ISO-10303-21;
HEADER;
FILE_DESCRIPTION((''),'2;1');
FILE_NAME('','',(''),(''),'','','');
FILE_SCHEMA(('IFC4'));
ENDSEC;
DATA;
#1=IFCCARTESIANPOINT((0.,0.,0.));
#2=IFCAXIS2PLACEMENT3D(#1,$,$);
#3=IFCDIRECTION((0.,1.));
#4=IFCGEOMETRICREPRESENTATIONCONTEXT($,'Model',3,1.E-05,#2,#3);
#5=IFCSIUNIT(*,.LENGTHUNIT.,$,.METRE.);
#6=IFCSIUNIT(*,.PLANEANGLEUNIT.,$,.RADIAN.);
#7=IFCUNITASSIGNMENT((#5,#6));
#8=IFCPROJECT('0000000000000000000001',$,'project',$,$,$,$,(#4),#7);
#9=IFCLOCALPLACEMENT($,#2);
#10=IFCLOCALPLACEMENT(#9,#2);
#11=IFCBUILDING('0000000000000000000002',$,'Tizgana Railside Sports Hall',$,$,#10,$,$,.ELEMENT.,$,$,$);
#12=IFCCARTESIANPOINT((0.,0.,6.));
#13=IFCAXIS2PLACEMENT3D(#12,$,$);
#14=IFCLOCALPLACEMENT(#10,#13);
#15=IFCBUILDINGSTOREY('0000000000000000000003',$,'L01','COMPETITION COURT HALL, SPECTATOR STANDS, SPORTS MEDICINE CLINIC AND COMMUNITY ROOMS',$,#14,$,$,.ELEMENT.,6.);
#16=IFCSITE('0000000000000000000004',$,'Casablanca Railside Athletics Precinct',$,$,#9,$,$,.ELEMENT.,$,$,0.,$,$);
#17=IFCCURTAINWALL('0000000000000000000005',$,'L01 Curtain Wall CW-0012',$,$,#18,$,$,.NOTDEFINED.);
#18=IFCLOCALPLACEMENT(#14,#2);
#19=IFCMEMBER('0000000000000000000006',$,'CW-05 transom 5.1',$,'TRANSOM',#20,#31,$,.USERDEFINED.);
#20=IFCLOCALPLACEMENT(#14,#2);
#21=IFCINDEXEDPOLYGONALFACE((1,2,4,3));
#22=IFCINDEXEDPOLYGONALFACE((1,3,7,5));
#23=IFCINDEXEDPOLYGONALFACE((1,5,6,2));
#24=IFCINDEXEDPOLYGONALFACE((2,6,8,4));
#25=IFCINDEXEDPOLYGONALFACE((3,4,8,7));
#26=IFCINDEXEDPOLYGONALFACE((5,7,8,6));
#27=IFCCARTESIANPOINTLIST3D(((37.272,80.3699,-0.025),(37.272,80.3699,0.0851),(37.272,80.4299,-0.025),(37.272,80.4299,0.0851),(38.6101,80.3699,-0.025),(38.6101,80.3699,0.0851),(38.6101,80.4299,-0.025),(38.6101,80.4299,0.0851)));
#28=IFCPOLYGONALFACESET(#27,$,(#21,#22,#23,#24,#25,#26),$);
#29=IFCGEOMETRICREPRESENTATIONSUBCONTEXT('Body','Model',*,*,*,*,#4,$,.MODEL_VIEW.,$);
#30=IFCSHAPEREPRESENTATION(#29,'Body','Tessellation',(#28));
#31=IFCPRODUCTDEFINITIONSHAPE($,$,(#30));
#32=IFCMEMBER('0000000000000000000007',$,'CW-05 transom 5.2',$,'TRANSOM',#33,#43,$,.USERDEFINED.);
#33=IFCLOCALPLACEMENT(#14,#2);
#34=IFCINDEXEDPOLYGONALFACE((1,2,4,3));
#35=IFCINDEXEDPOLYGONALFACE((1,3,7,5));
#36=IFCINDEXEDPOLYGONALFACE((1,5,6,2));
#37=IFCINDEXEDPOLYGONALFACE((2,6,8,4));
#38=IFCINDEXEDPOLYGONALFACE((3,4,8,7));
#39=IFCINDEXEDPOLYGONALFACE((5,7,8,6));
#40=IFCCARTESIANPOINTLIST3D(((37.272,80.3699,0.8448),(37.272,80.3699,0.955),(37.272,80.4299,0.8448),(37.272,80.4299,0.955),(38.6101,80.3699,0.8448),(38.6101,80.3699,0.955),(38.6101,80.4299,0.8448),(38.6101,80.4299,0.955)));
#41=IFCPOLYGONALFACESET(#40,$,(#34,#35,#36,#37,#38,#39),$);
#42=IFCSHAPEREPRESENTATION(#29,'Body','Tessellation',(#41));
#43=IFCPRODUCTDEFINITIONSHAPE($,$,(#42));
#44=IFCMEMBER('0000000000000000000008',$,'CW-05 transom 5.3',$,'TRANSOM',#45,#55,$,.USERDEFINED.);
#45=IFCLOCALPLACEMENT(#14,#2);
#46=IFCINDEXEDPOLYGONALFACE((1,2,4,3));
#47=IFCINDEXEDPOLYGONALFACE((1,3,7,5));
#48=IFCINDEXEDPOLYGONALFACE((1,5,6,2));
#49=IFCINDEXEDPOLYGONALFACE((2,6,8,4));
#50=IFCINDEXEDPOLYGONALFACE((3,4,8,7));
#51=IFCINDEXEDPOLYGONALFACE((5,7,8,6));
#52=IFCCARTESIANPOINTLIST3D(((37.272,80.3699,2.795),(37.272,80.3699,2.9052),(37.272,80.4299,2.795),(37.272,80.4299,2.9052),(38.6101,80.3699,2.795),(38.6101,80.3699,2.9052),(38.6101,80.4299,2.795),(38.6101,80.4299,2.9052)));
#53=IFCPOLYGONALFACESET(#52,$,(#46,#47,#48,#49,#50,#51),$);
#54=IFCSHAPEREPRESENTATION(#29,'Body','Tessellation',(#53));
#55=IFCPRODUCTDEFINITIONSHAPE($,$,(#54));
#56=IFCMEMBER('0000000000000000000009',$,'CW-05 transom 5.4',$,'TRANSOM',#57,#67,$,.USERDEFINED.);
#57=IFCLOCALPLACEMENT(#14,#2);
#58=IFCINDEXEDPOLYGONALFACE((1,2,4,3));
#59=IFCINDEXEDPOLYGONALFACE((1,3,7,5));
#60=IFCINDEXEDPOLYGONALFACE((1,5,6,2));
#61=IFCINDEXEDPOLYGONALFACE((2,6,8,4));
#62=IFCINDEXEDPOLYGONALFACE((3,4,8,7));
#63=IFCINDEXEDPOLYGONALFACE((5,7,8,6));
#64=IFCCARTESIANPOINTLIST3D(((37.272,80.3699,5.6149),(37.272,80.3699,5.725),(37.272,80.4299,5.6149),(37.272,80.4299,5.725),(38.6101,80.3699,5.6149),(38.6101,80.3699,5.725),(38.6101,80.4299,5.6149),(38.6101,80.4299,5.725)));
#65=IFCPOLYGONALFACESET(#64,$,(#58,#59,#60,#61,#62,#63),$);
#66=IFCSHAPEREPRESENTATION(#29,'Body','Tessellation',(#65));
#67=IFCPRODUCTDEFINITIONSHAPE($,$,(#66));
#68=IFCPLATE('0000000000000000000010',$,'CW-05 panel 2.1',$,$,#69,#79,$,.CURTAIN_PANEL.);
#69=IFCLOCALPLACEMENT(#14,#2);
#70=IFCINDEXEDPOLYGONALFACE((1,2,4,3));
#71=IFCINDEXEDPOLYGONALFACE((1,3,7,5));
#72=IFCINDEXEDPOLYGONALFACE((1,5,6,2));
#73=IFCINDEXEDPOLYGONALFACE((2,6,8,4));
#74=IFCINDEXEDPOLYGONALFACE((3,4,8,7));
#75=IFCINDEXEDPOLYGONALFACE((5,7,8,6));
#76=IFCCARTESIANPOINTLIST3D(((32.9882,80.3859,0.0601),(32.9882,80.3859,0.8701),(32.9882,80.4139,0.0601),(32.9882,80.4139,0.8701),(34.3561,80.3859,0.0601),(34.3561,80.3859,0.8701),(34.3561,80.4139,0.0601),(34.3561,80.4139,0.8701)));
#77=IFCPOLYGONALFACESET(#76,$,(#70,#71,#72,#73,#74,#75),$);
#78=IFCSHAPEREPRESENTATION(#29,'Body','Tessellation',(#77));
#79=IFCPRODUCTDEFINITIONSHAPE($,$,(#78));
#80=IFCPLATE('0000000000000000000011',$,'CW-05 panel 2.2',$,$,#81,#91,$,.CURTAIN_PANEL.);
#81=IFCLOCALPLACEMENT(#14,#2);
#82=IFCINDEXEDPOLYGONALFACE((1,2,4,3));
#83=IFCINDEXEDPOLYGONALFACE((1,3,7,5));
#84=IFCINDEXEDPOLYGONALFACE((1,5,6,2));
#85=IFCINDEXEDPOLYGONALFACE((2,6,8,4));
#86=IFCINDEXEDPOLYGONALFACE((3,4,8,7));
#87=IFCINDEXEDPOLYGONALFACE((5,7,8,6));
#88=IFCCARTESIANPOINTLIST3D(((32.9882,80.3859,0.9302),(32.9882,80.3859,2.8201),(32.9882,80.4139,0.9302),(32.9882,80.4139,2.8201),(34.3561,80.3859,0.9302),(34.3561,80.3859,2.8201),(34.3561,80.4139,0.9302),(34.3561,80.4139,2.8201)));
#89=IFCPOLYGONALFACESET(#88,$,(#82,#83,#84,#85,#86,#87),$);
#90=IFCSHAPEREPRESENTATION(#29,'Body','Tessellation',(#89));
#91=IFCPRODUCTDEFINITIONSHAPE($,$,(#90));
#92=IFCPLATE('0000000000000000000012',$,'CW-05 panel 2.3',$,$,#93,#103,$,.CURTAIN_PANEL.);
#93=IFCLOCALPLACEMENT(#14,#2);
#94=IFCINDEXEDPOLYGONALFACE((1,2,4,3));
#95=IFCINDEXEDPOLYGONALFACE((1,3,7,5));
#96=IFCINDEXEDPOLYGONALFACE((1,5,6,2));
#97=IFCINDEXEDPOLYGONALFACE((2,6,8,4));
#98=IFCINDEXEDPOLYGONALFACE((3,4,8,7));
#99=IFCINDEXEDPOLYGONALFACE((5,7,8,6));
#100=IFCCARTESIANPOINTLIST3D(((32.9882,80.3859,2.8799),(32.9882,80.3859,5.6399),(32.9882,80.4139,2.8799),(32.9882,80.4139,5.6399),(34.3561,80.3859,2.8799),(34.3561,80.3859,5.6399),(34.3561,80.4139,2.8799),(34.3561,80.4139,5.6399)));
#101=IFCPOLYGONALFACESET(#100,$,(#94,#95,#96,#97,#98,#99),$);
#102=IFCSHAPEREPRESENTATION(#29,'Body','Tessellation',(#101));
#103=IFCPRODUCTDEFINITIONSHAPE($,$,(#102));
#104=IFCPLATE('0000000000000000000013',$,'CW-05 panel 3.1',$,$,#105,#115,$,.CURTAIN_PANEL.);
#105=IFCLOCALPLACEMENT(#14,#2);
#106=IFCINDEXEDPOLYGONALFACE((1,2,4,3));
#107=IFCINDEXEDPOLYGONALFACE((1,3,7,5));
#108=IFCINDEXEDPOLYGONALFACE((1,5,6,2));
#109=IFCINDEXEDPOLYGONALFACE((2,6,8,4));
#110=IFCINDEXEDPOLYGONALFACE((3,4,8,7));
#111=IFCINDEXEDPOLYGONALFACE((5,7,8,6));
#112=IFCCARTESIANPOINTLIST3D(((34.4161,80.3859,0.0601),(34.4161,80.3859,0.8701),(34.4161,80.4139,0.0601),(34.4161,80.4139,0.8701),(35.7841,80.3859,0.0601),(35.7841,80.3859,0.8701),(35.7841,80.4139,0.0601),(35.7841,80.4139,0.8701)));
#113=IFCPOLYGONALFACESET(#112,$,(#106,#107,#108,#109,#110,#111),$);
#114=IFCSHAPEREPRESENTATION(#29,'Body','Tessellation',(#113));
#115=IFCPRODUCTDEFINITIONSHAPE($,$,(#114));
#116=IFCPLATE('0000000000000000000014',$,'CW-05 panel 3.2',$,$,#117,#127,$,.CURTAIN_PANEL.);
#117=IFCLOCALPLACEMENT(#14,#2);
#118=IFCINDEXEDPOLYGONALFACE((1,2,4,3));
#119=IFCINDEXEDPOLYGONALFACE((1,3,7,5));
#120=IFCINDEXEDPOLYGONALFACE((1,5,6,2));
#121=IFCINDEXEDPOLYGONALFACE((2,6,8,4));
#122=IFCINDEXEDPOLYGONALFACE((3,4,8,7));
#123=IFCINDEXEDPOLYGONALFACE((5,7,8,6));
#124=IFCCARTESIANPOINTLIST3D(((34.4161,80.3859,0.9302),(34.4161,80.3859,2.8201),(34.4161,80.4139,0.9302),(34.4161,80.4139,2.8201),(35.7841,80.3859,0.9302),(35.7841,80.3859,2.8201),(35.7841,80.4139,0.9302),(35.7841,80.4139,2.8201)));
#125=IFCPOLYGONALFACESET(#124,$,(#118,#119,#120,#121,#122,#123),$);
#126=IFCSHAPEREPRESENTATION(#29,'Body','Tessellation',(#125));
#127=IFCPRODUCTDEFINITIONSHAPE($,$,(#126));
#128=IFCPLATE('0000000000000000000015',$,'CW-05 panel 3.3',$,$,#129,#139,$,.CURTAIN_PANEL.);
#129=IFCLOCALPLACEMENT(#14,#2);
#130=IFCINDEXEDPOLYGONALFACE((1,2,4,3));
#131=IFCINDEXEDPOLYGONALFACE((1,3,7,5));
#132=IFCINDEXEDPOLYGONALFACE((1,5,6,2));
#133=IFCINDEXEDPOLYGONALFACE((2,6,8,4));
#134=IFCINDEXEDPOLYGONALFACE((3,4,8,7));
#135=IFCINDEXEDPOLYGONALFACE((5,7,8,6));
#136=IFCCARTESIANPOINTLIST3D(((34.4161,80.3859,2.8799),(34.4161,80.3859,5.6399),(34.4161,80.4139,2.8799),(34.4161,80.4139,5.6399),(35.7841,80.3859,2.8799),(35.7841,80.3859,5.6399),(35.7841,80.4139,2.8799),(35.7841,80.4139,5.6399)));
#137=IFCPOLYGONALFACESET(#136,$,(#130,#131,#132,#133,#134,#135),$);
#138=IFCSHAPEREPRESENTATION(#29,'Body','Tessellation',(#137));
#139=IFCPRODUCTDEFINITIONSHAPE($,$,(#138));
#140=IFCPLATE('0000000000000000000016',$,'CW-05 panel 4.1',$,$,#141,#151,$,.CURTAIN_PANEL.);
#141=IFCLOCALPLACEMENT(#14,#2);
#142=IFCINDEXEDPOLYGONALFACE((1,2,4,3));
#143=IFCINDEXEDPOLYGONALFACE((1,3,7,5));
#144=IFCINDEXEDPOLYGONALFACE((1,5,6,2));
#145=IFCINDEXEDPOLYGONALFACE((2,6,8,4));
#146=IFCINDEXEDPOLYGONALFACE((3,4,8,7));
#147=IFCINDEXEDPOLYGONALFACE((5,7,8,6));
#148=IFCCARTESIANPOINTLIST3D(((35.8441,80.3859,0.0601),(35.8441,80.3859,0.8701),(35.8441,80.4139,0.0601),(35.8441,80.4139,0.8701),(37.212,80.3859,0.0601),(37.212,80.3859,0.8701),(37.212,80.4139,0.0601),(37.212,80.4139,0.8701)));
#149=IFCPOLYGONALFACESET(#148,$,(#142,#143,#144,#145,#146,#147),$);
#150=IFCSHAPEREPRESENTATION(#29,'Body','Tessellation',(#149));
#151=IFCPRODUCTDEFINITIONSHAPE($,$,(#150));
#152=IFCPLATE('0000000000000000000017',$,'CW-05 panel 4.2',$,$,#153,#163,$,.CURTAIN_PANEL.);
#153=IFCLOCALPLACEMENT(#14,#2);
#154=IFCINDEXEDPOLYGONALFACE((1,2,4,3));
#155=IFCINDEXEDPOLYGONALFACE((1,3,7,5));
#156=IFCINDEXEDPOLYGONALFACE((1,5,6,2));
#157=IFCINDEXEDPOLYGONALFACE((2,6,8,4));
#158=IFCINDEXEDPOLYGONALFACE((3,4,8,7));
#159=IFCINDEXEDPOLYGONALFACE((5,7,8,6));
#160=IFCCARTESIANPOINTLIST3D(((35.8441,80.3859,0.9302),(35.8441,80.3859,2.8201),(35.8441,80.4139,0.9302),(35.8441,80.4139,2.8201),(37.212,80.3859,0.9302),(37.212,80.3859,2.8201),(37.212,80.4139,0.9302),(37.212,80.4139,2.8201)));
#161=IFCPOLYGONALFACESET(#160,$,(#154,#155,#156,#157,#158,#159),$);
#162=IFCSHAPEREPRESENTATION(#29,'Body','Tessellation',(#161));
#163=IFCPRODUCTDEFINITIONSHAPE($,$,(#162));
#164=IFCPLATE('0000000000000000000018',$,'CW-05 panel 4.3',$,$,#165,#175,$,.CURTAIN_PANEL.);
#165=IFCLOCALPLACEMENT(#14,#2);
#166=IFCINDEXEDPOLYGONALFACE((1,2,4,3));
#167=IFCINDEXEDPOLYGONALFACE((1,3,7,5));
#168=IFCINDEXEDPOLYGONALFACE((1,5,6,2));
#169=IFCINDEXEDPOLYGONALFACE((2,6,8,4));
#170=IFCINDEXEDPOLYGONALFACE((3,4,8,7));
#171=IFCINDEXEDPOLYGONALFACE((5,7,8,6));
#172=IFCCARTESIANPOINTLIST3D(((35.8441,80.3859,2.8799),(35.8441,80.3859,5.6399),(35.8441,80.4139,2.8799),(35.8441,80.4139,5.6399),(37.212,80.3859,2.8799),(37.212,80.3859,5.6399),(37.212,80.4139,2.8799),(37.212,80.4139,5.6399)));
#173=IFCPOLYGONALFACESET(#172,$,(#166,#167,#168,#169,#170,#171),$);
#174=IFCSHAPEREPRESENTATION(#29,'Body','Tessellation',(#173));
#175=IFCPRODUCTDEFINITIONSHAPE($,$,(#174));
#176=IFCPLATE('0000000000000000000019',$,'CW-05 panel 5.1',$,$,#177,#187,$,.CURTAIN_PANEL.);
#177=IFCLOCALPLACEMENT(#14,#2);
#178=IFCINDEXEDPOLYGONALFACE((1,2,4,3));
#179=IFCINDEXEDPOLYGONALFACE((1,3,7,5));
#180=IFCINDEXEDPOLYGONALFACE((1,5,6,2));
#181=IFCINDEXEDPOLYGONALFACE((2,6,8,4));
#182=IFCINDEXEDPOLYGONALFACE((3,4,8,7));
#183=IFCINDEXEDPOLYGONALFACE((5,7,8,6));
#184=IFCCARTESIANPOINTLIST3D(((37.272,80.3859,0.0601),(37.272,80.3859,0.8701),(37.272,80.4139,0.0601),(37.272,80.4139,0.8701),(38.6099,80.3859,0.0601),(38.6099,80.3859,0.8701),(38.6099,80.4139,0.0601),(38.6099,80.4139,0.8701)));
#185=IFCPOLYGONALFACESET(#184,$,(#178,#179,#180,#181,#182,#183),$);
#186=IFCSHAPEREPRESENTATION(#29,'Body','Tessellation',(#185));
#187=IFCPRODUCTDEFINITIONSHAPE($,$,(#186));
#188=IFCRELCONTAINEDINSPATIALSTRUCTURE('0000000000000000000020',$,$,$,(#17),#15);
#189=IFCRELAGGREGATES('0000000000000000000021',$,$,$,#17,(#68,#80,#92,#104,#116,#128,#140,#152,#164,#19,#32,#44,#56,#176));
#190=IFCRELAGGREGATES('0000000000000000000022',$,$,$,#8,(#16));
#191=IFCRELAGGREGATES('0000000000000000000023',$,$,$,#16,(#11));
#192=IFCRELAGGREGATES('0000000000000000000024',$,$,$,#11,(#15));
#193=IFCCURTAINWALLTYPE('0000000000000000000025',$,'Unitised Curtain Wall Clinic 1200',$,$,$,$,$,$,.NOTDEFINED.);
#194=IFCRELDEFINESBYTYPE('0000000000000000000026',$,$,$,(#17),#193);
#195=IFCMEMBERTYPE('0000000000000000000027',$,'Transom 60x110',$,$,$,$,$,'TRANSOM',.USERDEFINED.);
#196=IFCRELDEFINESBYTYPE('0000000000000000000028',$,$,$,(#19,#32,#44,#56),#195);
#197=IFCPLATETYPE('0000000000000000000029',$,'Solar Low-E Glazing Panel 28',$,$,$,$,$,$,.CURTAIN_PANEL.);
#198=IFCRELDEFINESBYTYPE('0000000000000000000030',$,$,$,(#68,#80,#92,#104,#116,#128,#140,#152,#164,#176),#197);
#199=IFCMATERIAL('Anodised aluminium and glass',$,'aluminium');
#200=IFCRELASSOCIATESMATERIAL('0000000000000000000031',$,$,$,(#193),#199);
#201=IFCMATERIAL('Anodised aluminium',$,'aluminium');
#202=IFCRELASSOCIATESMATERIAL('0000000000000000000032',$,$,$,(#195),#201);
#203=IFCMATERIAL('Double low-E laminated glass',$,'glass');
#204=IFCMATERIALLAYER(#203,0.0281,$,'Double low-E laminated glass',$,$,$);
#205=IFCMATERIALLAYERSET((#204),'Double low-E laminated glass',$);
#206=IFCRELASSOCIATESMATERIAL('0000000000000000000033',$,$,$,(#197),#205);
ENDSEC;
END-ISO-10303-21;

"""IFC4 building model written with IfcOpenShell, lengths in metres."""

from ifc_helpers import new_model, si_unit, direction, frame, origin, origin_2d, place, context, subcontext, project, spatial, rectangle, extrude, material, layer, layer_set, material_profile, profile_set, type_object, element, aggregate, save


model = new_model("IFC4")

# Units and contexts
model_context = context("Model", 3, precision=1e-05, world=origin(), true_north=direction((0.0, 1.0)))
body_context = subcontext(model_context, "Body", "Model", "MODEL_VIEW")
ifc_project = project(units=[si_unit("LENGTHUNIT", "METRE"), si_unit("PLANEANGLEUNIT", "RADIAN")], contexts=[model_context])

# Site, building, storey
site_placement = place(None, origin())
site = spatial("IfcSite", under=ifc_project, at=site_placement, Name="Casablanca Railside Athletics Precinct", CompositionType="ELEMENT", RefElevation=0.0)
building_placement = place(site_placement, origin())
building = spatial("IfcBuilding", under=site, at=building_placement, Name="Tizgana Railside Sports Hall", CompositionType="ELEMENT")
storey_placement = place(building_placement, frame((0.0, 0.0, 6.0)))
storey = spatial("IfcBuildingStorey", under=building, at=storey_placement, Name="L01", Description="COMPETITION COURT HALL, SPECTATOR STANDS, SPORTS MEDICINE CLINIC AND COMMUNITY ROOMS", CompositionType="ELEMENT", Elevation=6.0)

# Curtain wall, members, plates
ifc_material_1 = material(Name="Anodised aluminium and glass", Category="aluminium")
curtain_wall_type = type_object("IfcCurtainWallType", Name="Unitised Curtain Wall Clinic 1200", PredefinedType="NOTDEFINED", material=ifc_material_1)
curtain_wall_placement = place(storey_placement, origin())
curtain_wall = element("IfcCurtainWall", 1, at=curtain_wall_placement, inside=storey, type_object=curtain_wall_type, Name="L01 Curtain Wall CW-0012", PredefinedType="NOTDEFINED")
ifc_material_2 = material(Name="Anodised aluminium", Category="aluminium")
ifc_material_profile_1 = material_profile(ifc_material_2, rectangle(XDim=0.0601, YDim=0.1101, at=origin_2d()), Name="Transom 60x110")
ifc_profile_set_1 = profile_set([ifc_material_profile_1], Name="Anodised aluminium")
member_type_1 = type_object("IfcMemberType", Name="Transom 60x110", ElementType="TRANSOM", PredefinedType="USERDEFINED", material=ifc_profile_set_1)
member_1_placement = place(storey_placement, frame((37.272, 80.3999, 0.03), z_axis=(1.0, 0.0, 0.0), x_axis=(0.0, 1.0, 0.0)))
member_1 = element("IfcMember", 2, at=member_1_placement, type_object=member_type_1, Name="CW-05 transom 5.1", ObjectType="TRANSOM", PredefinedType="USERDEFINED", context=body_context, shape_type="SweptSolid", body=[
    extrude(rectangle(XDim=0.0601, YDim=0.1101, at=origin_2d()), origin(), (0.0, 0.0, 1.0), 1.3381),
])
member_2_placement = place(storey_placement, frame((37.272, 80.3999, 0.8999), z_axis=(1.0, 0.0, 0.0), x_axis=(0.0, 1.0, 0.0)))
member_2 = element("IfcMember", 3, at=member_2_placement, type_object=member_type_1, Name="CW-05 transom 5.2", ObjectType="TRANSOM", PredefinedType="USERDEFINED", context=body_context, shape_type="SweptSolid", body=[
    extrude(rectangle(XDim=0.0601, YDim=0.1101, at=origin_2d()), origin(), (0.0, 0.0, 1.0), 1.3381),
])
member_3_placement = place(storey_placement, frame((37.272, 80.3999, 2.8501), z_axis=(1.0, 0.0, 0.0), x_axis=(0.0, 1.0, 0.0)))
member_3 = element("IfcMember", 4, at=member_3_placement, type_object=member_type_1, Name="CW-05 transom 5.3", ObjectType="TRANSOM", PredefinedType="USERDEFINED", context=body_context, shape_type="SweptSolid", body=[
    extrude(rectangle(XDim=0.0601, YDim=0.1101, at=origin_2d()), origin(), (0.0, 0.0, 1.0), 1.3381),
])
member_4_placement = place(storey_placement, frame((37.272, 80.3999, 5.6699), z_axis=(1.0, 0.0, 0.0), x_axis=(0.0, 1.0, 0.0)))
member_4 = element("IfcMember", 5, at=member_4_placement, type_object=member_type_1, Name="CW-05 transom 5.4", ObjectType="TRANSOM", PredefinedType="USERDEFINED", context=body_context, shape_type="SweptSolid", body=[
    extrude(rectangle(XDim=0.0601, YDim=0.1101, at=origin_2d()), origin(), (0.0, 0.0, 1.0), 1.3381),
])
ifc_material_3 = material(Name="Double low-E laminated glass", Category="glass")
ifc_layer_1 = layer(ifc_material_3, 0.0281, Name="Double low-E laminated glass")
ifc_layer_set_1 = layer_set([ifc_layer_1], Name="Double low-E laminated glass")
plate_type = type_object("IfcPlateType", Name="Solar Low-E Glazing Panel 28", PredefinedType="CURTAIN_PANEL", material=ifc_layer_set_1)
plate_1_placement = place(storey_placement, frame((33.6721, 80.3999, 0.0601), z_axis=(0.0, 0.0, 1.0), x_axis=(1.0, 0.0, 0.0)))
plate_1 = element("IfcPlate", 6, at=plate_1_placement, type_object=plate_type, Name="CW-05 panel 2.1", PredefinedType="CURTAIN_PANEL", context=body_context, shape_type="SweptSolid", body=[
    extrude(rectangle(XDim=1.3679, YDim=0.0281, at=origin_2d()), origin(), (0.0, 0.0, 1.0), 0.8101),
])
plate_2_placement = place(storey_placement, frame((33.6721, 80.3999, 0.9302), z_axis=(0.0, 0.0, 1.0), x_axis=(1.0, 0.0, 0.0)))
plate_2 = element("IfcPlate", 7, at=plate_2_placement, type_object=plate_type, Name="CW-05 panel 2.2", PredefinedType="CURTAIN_PANEL", context=body_context, shape_type="SweptSolid", body=[
    extrude(rectangle(XDim=1.3679, YDim=0.0281, at=origin_2d()), origin(), (0.0, 0.0, 1.0), 1.8899),
])
plate_3_placement = place(storey_placement, frame((33.6721, 80.3999, 2.8799), z_axis=(0.0, 0.0, 1.0), x_axis=(1.0, 0.0, 0.0)))
plate_3 = element("IfcPlate", 8, at=plate_3_placement, type_object=plate_type, Name="CW-05 panel 2.3", PredefinedType="CURTAIN_PANEL", context=body_context, shape_type="SweptSolid", body=[
    extrude(rectangle(XDim=1.3679, YDim=0.0281, at=origin_2d()), origin(), (0.0, 0.0, 1.0), 2.76),
])
plate_4_placement = place(storey_placement, frame((35.1001, 80.3999, 0.0601), z_axis=(0.0, 0.0, 1.0), x_axis=(1.0, 0.0, 0.0)))
plate_4 = element("IfcPlate", 9, at=plate_4_placement, type_object=plate_type, Name="CW-05 panel 3.1", PredefinedType="CURTAIN_PANEL", context=body_context, shape_type="SweptSolid", body=[
    extrude(rectangle(XDim=1.3679, YDim=0.0281, at=origin_2d()), origin(), (0.0, 0.0, 1.0), 0.8101),
])
plate_5_placement = place(storey_placement, frame((35.1001, 80.3999, 0.9302), z_axis=(0.0, 0.0, 1.0), x_axis=(1.0, 0.0, 0.0)))
plate_5 = element("IfcPlate", 10, at=plate_5_placement, type_object=plate_type, Name="CW-05 panel 3.2", PredefinedType="CURTAIN_PANEL", context=body_context, shape_type="SweptSolid", body=[
    extrude(rectangle(XDim=1.3679, YDim=0.0281, at=origin_2d()), origin(), (0.0, 0.0, 1.0), 1.8899),
])
plate_6_placement = place(storey_placement, frame((35.1001, 80.3999, 2.8799), z_axis=(0.0, 0.0, 1.0), x_axis=(1.0, 0.0, 0.0)))
plate_6 = element("IfcPlate", 11, at=plate_6_placement, type_object=plate_type, Name="CW-05 panel 3.3", PredefinedType="CURTAIN_PANEL", context=body_context, shape_type="SweptSolid", body=[
    extrude(rectangle(XDim=1.3679, YDim=0.0281, at=origin_2d()), origin(), (0.0, 0.0, 1.0), 2.76),
])
plate_7_placement = place(storey_placement, frame((36.5281, 80.3999, 0.0601), z_axis=(0.0, 0.0, 1.0), x_axis=(1.0, 0.0, 0.0)))
plate_7 = element("IfcPlate", 12, at=plate_7_placement, type_object=plate_type, Name="CW-05 panel 4.1", PredefinedType="CURTAIN_PANEL", context=body_context, shape_type="SweptSolid", body=[
    extrude(rectangle(XDim=1.3679, YDim=0.0281, at=origin_2d()), origin(), (0.0, 0.0, 1.0), 0.8101),
])
plate_8_placement = place(storey_placement, frame((36.5281, 80.3999, 0.9302), z_axis=(0.0, 0.0, 1.0), x_axis=(1.0, 0.0, 0.0)))
plate_8 = element("IfcPlate", 13, at=plate_8_placement, type_object=plate_type, Name="CW-05 panel 4.2", PredefinedType="CURTAIN_PANEL", context=body_context, shape_type="SweptSolid", body=[
    extrude(rectangle(XDim=1.3679, YDim=0.0281, at=origin_2d()), origin(), (0.0, 0.0, 1.0), 1.8899),
])
plate_9_placement = place(storey_placement, frame((36.5281, 80.3999, 2.8799), z_axis=(0.0, 0.0, 1.0), x_axis=(1.0, 0.0, 0.0)))
plate_9 = element("IfcPlate", 14, at=plate_9_placement, type_object=plate_type, Name="CW-05 panel 4.3", PredefinedType="CURTAIN_PANEL", context=body_context, shape_type="SweptSolid", body=[
    extrude(rectangle(XDim=1.3679, YDim=0.0281, at=origin_2d()), origin(), (0.0, 0.0, 1.0), 2.76),
])
plate_10_placement = place(storey_placement, frame((37.9409, 80.3999, 0.0601), z_axis=(0.0, 0.0, 1.0), x_axis=(1.0, 0.0, 0.0)))
plate_10 = element("IfcPlate", 15, at=plate_10_placement, type_object=plate_type, Name="CW-05 panel 5.1", PredefinedType="CURTAIN_PANEL", context=body_context, shape_type="SweptSolid", body=[
    extrude(rectangle(XDim=1.3379, YDim=0.0281, at=origin_2d()), origin(), (0.0, 0.0, 1.0), 0.8101),
])
aggregate(curtain_wall, [plate_1, plate_2, plate_3, plate_4, plate_5, plate_6, plate_7, plate_8, plate_9, member_1, member_2, member_3, member_4, plate_10])

save(model, "model.ifc")
